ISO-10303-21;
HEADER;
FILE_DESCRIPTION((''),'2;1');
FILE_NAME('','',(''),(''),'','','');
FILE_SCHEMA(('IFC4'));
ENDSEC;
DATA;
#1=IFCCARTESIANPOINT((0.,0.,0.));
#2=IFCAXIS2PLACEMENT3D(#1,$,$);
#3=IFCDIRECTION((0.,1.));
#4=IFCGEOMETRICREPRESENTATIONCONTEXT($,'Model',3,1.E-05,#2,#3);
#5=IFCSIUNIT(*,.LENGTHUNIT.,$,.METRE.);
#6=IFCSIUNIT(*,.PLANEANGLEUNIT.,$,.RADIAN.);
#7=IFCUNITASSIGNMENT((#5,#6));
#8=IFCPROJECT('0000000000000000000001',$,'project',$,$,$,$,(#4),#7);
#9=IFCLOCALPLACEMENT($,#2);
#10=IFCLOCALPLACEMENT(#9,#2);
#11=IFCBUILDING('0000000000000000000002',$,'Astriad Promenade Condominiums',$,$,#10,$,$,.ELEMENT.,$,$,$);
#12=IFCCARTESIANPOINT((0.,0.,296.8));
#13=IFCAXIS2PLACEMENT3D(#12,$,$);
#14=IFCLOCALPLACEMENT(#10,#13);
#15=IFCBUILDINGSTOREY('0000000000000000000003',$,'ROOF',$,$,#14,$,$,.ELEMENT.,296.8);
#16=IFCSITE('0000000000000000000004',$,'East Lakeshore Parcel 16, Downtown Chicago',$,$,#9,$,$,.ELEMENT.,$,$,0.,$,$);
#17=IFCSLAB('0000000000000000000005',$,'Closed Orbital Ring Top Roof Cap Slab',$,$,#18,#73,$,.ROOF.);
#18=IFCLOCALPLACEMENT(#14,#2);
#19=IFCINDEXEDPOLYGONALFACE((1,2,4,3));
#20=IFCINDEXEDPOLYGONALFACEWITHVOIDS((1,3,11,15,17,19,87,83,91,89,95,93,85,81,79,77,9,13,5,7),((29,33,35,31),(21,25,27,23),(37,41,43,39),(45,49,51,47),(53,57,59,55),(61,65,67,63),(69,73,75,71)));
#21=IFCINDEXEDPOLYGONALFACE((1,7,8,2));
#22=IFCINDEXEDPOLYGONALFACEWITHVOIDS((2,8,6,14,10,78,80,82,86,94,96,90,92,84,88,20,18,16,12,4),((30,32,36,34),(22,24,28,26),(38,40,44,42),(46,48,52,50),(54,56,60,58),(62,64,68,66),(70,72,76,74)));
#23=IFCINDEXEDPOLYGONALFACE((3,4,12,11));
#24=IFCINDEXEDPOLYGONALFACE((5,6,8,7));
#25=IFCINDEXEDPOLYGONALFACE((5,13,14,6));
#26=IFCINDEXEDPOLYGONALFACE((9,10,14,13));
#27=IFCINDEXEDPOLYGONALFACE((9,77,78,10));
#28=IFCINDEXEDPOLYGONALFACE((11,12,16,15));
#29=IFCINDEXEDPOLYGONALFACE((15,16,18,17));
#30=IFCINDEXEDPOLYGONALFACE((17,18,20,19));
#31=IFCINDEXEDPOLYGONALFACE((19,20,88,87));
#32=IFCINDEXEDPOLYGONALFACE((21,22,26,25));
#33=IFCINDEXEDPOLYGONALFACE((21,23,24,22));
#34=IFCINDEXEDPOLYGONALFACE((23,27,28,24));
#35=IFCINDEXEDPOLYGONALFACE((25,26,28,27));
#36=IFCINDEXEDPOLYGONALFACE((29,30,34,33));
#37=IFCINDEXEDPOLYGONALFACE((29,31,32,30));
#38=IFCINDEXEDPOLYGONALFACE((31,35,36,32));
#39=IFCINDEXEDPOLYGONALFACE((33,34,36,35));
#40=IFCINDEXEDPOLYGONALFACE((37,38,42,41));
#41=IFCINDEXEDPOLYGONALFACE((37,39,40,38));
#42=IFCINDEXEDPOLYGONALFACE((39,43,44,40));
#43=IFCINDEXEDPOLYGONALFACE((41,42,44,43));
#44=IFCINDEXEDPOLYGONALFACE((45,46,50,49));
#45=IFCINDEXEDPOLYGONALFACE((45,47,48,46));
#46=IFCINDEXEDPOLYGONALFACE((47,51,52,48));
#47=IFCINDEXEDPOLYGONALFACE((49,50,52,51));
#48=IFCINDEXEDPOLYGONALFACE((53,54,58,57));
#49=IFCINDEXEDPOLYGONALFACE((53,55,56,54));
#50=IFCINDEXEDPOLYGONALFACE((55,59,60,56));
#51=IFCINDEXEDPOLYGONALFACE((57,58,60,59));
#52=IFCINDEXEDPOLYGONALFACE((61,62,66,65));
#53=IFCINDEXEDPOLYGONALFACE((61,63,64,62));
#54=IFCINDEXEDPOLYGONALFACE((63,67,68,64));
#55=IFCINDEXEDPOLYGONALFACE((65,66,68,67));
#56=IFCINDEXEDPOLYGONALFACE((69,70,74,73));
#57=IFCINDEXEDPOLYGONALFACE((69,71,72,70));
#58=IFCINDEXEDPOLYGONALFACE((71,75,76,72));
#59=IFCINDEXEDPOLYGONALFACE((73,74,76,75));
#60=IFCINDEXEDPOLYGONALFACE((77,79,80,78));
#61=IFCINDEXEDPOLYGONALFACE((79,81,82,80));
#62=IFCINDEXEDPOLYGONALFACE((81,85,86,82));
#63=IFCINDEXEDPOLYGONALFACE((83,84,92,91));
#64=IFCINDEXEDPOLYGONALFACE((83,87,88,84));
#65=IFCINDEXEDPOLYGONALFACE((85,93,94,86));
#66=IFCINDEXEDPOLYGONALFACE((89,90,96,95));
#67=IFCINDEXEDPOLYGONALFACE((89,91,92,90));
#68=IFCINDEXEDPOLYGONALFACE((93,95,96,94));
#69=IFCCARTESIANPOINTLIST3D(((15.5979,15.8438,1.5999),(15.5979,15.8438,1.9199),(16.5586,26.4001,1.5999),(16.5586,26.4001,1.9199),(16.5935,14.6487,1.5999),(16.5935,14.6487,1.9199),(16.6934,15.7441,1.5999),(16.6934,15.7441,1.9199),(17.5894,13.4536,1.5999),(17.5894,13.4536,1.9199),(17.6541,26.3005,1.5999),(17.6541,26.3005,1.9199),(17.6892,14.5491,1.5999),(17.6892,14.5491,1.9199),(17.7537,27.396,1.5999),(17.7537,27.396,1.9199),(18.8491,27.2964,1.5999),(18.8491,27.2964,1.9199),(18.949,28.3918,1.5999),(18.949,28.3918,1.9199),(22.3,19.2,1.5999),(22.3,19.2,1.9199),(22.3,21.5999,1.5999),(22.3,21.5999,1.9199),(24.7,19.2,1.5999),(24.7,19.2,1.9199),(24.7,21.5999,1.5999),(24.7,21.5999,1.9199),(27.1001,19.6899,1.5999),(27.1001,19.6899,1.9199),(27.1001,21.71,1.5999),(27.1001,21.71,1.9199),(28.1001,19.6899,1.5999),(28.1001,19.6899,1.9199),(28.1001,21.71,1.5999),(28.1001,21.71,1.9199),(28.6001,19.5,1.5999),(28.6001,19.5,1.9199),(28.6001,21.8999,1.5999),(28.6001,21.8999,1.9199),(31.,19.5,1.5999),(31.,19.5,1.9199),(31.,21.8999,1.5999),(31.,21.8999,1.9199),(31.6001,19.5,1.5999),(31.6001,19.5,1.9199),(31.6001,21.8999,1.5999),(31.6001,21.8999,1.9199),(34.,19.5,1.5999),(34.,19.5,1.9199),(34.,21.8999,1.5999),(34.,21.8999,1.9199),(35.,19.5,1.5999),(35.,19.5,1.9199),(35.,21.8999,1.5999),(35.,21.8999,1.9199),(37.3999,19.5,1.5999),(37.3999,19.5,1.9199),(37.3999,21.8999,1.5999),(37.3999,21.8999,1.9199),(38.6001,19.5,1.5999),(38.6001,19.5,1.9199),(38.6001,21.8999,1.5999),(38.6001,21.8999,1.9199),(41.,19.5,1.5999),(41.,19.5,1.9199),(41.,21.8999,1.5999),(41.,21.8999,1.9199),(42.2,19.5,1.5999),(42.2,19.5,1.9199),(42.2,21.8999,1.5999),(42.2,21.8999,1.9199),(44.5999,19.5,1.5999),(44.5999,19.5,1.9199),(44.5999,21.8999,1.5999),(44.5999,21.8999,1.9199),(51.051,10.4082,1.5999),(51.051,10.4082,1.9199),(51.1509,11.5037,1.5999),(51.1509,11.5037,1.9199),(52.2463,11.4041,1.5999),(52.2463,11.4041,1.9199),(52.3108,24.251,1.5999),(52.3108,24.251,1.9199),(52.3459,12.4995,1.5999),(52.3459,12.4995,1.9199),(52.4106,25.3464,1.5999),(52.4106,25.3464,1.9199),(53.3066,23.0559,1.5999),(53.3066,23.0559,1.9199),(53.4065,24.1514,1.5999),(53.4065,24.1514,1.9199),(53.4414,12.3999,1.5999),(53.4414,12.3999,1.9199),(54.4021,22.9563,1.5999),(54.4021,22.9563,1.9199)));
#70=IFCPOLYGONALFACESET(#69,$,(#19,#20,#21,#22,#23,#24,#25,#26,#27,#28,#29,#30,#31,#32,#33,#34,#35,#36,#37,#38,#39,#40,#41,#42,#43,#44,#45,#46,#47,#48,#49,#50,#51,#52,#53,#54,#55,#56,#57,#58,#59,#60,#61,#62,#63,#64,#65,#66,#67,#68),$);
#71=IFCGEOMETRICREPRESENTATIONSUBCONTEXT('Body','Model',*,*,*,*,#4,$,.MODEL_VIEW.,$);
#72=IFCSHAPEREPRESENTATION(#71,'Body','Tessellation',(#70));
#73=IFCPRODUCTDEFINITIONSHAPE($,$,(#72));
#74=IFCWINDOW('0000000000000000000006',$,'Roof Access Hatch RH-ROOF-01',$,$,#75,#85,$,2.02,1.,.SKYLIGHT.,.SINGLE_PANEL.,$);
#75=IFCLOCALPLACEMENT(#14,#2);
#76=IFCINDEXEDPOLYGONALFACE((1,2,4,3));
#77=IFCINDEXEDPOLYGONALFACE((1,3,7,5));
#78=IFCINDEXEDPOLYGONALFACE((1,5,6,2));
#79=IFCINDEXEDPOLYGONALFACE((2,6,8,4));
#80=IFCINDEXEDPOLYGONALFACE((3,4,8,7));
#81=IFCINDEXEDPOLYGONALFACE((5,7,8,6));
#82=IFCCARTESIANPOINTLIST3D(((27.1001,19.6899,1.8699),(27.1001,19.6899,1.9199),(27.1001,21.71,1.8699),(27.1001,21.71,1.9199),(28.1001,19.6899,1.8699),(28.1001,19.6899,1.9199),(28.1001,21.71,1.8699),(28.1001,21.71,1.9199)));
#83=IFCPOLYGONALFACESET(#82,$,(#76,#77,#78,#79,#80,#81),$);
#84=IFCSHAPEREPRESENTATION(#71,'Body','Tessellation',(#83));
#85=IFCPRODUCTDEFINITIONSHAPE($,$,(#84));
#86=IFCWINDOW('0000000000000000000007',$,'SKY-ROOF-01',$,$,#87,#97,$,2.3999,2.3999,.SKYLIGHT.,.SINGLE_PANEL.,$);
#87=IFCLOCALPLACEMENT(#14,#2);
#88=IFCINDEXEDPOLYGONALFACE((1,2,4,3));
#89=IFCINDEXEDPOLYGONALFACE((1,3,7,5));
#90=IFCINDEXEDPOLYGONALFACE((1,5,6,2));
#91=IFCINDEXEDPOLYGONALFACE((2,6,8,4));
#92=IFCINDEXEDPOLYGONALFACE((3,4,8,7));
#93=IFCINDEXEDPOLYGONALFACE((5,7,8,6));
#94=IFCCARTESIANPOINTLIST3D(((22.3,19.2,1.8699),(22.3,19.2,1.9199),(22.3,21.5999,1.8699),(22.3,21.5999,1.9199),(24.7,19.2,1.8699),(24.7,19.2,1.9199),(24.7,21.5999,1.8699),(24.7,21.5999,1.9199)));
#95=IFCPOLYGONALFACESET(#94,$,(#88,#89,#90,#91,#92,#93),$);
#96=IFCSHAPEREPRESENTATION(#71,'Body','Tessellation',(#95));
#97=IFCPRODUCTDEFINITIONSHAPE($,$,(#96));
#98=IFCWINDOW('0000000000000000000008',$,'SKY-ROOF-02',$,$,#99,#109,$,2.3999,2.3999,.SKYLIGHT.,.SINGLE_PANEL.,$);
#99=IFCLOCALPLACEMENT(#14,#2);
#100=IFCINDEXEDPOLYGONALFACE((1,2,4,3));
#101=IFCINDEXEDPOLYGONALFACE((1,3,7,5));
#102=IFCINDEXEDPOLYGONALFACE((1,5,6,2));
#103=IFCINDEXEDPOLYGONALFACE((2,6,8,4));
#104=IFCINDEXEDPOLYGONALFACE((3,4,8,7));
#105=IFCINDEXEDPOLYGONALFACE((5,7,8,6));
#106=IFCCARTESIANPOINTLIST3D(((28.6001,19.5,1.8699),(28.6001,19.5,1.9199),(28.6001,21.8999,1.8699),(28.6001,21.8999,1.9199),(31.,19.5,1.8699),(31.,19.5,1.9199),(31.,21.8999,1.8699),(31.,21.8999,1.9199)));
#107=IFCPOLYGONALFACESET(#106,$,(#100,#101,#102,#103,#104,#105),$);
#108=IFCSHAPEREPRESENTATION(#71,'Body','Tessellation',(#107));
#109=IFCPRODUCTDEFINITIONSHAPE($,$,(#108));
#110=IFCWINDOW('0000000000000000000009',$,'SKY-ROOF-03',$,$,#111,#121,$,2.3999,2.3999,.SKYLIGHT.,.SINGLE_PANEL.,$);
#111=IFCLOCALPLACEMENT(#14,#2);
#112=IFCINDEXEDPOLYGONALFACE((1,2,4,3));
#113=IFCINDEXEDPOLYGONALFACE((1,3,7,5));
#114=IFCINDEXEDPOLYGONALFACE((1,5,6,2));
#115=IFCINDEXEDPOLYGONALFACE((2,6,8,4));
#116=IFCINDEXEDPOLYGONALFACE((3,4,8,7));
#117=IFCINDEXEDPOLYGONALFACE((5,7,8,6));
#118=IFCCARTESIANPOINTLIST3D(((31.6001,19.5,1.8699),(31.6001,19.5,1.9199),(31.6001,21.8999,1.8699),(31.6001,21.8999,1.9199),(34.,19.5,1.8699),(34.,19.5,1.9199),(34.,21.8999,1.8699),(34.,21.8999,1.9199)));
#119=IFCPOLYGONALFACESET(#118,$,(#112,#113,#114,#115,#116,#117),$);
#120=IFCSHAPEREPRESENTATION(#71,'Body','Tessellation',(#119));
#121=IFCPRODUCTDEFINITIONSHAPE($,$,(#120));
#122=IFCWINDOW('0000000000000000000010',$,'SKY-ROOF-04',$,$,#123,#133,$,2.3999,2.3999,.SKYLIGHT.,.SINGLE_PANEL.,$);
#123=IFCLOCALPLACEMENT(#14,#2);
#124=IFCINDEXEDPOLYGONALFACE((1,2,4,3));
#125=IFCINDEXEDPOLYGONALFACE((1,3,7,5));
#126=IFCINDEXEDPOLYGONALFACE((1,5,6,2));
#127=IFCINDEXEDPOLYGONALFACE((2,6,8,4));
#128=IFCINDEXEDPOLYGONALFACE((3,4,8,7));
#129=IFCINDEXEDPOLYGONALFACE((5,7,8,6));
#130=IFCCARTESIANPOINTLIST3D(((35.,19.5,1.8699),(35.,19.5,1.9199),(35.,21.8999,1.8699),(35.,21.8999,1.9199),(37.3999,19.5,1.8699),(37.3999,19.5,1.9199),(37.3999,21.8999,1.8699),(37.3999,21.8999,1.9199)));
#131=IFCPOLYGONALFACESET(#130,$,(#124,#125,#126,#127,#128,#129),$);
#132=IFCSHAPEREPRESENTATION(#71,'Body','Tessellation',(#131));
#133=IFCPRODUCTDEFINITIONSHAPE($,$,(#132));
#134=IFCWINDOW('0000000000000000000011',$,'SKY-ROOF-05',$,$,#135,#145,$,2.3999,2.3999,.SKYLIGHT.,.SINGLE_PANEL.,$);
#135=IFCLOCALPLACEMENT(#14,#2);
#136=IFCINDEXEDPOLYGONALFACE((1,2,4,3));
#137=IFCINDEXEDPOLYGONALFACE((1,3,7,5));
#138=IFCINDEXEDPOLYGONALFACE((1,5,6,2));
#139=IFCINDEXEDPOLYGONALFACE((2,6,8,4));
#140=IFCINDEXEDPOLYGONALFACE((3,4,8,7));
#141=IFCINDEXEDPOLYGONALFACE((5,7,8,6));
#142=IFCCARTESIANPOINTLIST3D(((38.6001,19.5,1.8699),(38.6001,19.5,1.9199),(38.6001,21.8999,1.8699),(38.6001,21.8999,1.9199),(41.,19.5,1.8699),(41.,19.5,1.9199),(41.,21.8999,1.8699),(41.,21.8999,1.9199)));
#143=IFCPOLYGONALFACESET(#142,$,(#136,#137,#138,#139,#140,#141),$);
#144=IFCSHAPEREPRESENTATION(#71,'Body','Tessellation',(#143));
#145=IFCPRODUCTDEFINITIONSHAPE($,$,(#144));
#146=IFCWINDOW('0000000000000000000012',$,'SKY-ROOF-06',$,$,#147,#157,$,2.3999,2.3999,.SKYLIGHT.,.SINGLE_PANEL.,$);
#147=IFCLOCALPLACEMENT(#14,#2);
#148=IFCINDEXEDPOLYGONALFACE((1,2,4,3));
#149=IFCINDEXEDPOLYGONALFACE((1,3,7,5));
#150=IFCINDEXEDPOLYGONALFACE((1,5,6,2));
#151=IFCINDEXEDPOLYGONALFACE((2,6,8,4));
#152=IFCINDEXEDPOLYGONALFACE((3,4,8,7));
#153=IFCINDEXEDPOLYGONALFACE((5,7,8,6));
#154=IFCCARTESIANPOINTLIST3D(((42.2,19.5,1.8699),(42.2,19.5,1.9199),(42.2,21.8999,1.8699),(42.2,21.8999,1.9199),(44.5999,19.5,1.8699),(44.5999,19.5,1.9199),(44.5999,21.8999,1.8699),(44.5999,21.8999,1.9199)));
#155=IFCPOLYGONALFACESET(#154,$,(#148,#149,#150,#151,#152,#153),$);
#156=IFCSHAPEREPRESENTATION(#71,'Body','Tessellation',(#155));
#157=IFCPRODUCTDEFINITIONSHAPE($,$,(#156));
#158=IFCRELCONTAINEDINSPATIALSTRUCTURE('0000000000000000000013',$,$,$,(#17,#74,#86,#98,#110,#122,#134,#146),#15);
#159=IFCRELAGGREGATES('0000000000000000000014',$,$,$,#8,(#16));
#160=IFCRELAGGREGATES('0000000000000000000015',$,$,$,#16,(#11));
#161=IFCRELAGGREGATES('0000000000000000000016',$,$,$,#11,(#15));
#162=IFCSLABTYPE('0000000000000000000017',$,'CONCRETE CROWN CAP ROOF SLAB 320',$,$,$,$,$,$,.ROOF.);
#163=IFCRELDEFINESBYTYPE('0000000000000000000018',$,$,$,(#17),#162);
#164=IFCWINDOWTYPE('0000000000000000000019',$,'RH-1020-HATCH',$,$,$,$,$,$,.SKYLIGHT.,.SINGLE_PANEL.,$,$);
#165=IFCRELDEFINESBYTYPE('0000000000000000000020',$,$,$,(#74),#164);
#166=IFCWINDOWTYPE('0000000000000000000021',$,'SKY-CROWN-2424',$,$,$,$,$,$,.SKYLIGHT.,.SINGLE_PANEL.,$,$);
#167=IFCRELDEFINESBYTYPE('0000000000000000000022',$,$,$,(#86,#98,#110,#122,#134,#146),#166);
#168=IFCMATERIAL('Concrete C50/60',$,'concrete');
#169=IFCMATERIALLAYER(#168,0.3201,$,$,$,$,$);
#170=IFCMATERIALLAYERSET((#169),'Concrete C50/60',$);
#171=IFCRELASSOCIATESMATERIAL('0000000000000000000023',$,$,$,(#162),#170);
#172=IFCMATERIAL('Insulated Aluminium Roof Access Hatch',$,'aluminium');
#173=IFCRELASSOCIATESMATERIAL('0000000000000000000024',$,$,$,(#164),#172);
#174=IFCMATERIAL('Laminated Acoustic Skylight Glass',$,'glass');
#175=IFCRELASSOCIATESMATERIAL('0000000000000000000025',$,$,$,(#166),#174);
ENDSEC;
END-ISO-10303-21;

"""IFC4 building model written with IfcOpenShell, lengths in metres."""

from ifc_helpers import new_model, si_unit, direction, frame, origin, origin_2d, place, context, subcontext, project, spatial, polyline, rectangle, outline, extrude, material, layer, layer_set, type_object, element, fill, save


model = new_model("IFC4")

# Units and contexts
model_context = context("Model", 3, precision=1e-05, world=origin(), true_north=direction((0.0, 1.0)))
body_context = subcontext(model_context, "Body", "Model", "MODEL_VIEW")
ifc_project = project(units=[si_unit("LENGTHUNIT", "METRE"), si_unit("PLANEANGLEUNIT", "RADIAN")], contexts=[model_context])

# Site, building, storey
site_placement = place(None, origin())
site = spatial("IfcSite", under=ifc_project, at=site_placement, Name="East Lakeshore Parcel 16, Downtown Chicago", CompositionType="ELEMENT", RefElevation=0.0)
building_placement = place(site_placement, origin())
building = spatial("IfcBuilding", under=site, at=building_placement, Name="Astriad Promenade Condominiums", CompositionType="ELEMENT")
storey_placement = place(building_placement, frame((0.0, 0.0, 296.8)))
storey = spatial("IfcBuildingStorey", under=building, at=storey_placement, Name="ROOF", CompositionType="ELEMENT", Elevation=296.8)

# Slab, openings, windows
ifc_material_1 = material(Name="Concrete C50/60", Category="concrete")
ifc_layer_1 = layer(ifc_material_1, 0.3201)
ifc_layer_set_1 = layer_set([ifc_layer_1], Name="Concrete C50/60")
slab_type_1 = type_object("IfcSlabType", Name="CONCRETE CROWN CAP ROOF SLAB 320", PredefinedType="ROOF", material=ifc_layer_set_1)
slab_1_placement = place(storey_placement, frame((0.0, 0.0, 1.5999)))
slab_1 = element("IfcSlab", 1, at=slab_1_placement, inside=storey, type_object=slab_type_1, Name="Closed Orbital Ring Top Roof Cap Slab", PredefinedType="ROOF", context=body_context, shape_type="SweptSolid", body=[
    extrude(outline(polyline([(17.5894, 13.4536), (51.051, 10.4082), (51.1509, 11.5037), (52.2463, 11.4041), (52.3459, 12.4995), (53.4414, 12.3999), (54.4021, 22.9563), (53.3066, 23.0559), (53.4065, 24.1514), (52.3108, 24.251), (52.4106, 25.3464), (18.949, 28.3918), (18.8491, 27.2964), (17.7537, 27.396), (17.6541, 26.3005), (16.5586, 26.4001), (15.5979, 15.8438), (16.6934, 15.7441), (16.5935, 14.6487), (17.6892, 14.5491), (17.5894, 13.4536)])), origin(), (0.0, 0.0, 1.0), 0.3201),
])
opening_1_placement = place(slab_1_placement, frame((23.5, 20.3999, 0.0)))
opening_1 = element("IfcOpeningElement", 2, at=opening_1_placement, cuts=slab_1, PredefinedType="OPENING", context=body_context, shape_type="SweptSolid", body=[
    extrude(rectangle(XDim=2.3999, YDim=2.3999, at=origin_2d()), origin(), (0.0, 0.0, 1.0), 0.3201),
])
opening_2_placement = place(slab_1_placement, frame((29.8, 20.7, 0.0)))
opening_2 = element("IfcOpeningElement", 3, at=opening_2_placement, cuts=slab_1, PredefinedType="OPENING", context=body_context, shape_type="SweptSolid", body=[
    extrude(rectangle(XDim=2.3999, YDim=2.3999, at=origin_2d()), origin(), (0.0, 0.0, 1.0), 0.3201),
])
opening_3_placement = place(slab_1_placement, frame((32.8, 20.7, 0.0)))
opening_3 = element("IfcOpeningElement", 4, at=opening_3_placement, cuts=slab_1, PredefinedType="OPENING", context=body_context, shape_type="SweptSolid", body=[
    extrude(rectangle(XDim=2.3999, YDim=2.3999, at=origin_2d()), origin(), (0.0, 0.0, 1.0), 0.3201),
])
opening_4_placement = place(slab_1_placement, frame((36.2, 20.7, 0.0)))
opening_4 = element("IfcOpeningElement", 5, at=opening_4_placement, cuts=slab_1, PredefinedType="OPENING", context=body_context, shape_type="SweptSolid", body=[
    extrude(rectangle(XDim=2.3999, YDim=2.3999, at=origin_2d()), origin(), (0.0, 0.0, 1.0), 0.3201),
])
opening_5_placement = place(slab_1_placement, frame((39.8, 20.7, 0.0)))
opening_5 = element("IfcOpeningElement", 6, at=opening_5_placement, cuts=slab_1, PredefinedType="OPENING", context=body_context, shape_type="SweptSolid", body=[
    extrude(rectangle(XDim=2.3999, YDim=2.3999, at=origin_2d()), origin(), (0.0, 0.0, 1.0), 0.3201),
])
opening_6_placement = place(slab_1_placement, frame((43.3999, 20.7, 0.0)))
opening_6 = element("IfcOpeningElement", 7, at=opening_6_placement, cuts=slab_1, PredefinedType="OPENING", context=body_context, shape_type="SweptSolid", body=[
    extrude(rectangle(XDim=2.3999, YDim=2.3999, at=origin_2d()), origin(), (0.0, 0.0, 1.0), 0.3201),
])
opening_7_placement = place(slab_1_placement, frame((27.6001, 20.7, 0.0)))
opening_7 = element("IfcOpeningElement", 8, at=opening_7_placement, cuts=slab_1, PredefinedType="OPENING", context=body_context, shape_type="SweptSolid", body=[
    extrude(rectangle(XDim=1.0, YDim=2.02, at=origin_2d()), origin(), (0.0, 0.0, 1.0), 0.3201),
])
ifc_material_2 = material(Name="Insulated Aluminium Roof Access Hatch", Category="aluminium")
window_type_1 = type_object("IfcWindowType", Name="RH-1020-HATCH", PartitioningType="SINGLE_PANEL", PredefinedType="SKYLIGHT", material=ifc_material_2)
window_1_placement = place(opening_7_placement, frame((0.0, 0.0, 0.27)))
window_1 = element("IfcWindow", 9, at=window_1_placement, inside=storey, type_object=window_type_1, Name="Roof Access Hatch RH-ROOF-01", OverallHeight=2.02, OverallWidth=1.0, PartitioningType="SINGLE_PANEL", PredefinedType="SKYLIGHT", context=body_context, shape_type="SweptSolid", body=[
    extrude(rectangle(XDim=1.0, YDim=2.02, at=origin_2d()), origin(), (0.0, 0.0, 1.0), 0.05),
])
fill(opening_7, window_1)
ifc_material_3 = material(Name="Laminated Acoustic Skylight Glass", Category="glass")
window_type_2 = type_object("IfcWindowType", Name="SKY-CROWN-2424", PartitioningType="SINGLE_PANEL", PredefinedType="SKYLIGHT", material=ifc_material_3)
window_2_placement = place(opening_1_placement, frame((0.0, 0.0, 0.27)))
window_2 = element("IfcWindow", 10, at=window_2_placement, inside=storey, type_object=window_type_2, Name="SKY-ROOF-01", OverallHeight=2.3999, OverallWidth=2.3999, PartitioningType="SINGLE_PANEL", PredefinedType="SKYLIGHT", context=body_context, shape_type="SweptSolid", body=[
    extrude(rectangle(XDim=2.3999, YDim=2.3999, at=origin_2d()), origin(), (0.0, 0.0, 1.0), 0.05),
])
fill(opening_1, window_2)
window_3_placement = place(opening_2_placement, frame((0.0, 0.0, 0.27)))
window_3 = element("IfcWindow", 11, at=window_3_placement, inside=storey, type_object=window_type_2, Name="SKY-ROOF-02", OverallHeight=2.3999, OverallWidth=2.3999, PartitioningType="SINGLE_PANEL", PredefinedType="SKYLIGHT", context=body_context, shape_type="SweptSolid", body=[
    extrude(rectangle(XDim=2.3999, YDim=2.3999, at=origin_2d()), origin(), (0.0, 0.0, 1.0), 0.05),
])
fill(opening_2, window_3)
window_4_placement = place(opening_3_placement, frame((0.0, 0.0, 0.27)))
window_4 = element("IfcWindow", 12, at=window_4_placement, inside=storey, type_object=window_type_2, Name="SKY-ROOF-03", OverallHeight=2.3999, OverallWidth=2.3999, PartitioningType="SINGLE_PANEL", PredefinedType="SKYLIGHT", context=body_context, shape_type="SweptSolid", body=[
    extrude(rectangle(XDim=2.3999, YDim=2.3999, at=origin_2d()), origin(), (0.0, 0.0, 1.0), 0.05),
])
fill(opening_3, window_4)
window_5_placement = place(opening_4_placement, frame((0.0, 0.0, 0.27)))
window_5 = element("IfcWindow", 13, at=window_5_placement, inside=storey, type_object=window_type_2, Name="SKY-ROOF-04", OverallHeight=2.3999, OverallWidth=2.3999, PartitioningType="SINGLE_PANEL", PredefinedType="SKYLIGHT", context=body_context, shape_type="SweptSolid", body=[
    extrude(rectangle(XDim=2.3999, YDim=2.3999, at=origin_2d()), origin(), (0.0, 0.0, 1.0), 0.05),
])
fill(opening_4, window_5)
window_6_placement = place(opening_5_placement, frame((0.0, 0.0, 0.27)))
window_6 = element("IfcWindow", 14, at=window_6_placement, inside=storey, type_object=window_type_2, Name="SKY-ROOF-05", OverallHeight=2.3999, OverallWidth=2.3999, PartitioningType="SINGLE_PANEL", PredefinedType="SKYLIGHT", context=body_context, shape_type="SweptSolid", body=[
    extrude(rectangle(XDim=2.3999, YDim=2.3999, at=origin_2d()), origin(), (0.0, 0.0, 1.0), 0.05),
])
fill(opening_5, window_6)
window_7_placement = place(opening_6_placement, frame((0.0, 0.0, 0.27)))
window_7 = element("IfcWindow", 15, at=window_7_placement, inside=storey, type_object=window_type_2, Name="SKY-ROOF-06", OverallHeight=2.3999, OverallWidth=2.3999, PartitioningType="SINGLE_PANEL", PredefinedType="SKYLIGHT", context=body_context, shape_type="SweptSolid", body=[
    extrude(rectangle(XDim=2.3999, YDim=2.3999, at=origin_2d()), origin(), (0.0, 0.0, 1.0), 0.05),
])
fill(opening_6, window_7)

save(model, "model.ifc")
